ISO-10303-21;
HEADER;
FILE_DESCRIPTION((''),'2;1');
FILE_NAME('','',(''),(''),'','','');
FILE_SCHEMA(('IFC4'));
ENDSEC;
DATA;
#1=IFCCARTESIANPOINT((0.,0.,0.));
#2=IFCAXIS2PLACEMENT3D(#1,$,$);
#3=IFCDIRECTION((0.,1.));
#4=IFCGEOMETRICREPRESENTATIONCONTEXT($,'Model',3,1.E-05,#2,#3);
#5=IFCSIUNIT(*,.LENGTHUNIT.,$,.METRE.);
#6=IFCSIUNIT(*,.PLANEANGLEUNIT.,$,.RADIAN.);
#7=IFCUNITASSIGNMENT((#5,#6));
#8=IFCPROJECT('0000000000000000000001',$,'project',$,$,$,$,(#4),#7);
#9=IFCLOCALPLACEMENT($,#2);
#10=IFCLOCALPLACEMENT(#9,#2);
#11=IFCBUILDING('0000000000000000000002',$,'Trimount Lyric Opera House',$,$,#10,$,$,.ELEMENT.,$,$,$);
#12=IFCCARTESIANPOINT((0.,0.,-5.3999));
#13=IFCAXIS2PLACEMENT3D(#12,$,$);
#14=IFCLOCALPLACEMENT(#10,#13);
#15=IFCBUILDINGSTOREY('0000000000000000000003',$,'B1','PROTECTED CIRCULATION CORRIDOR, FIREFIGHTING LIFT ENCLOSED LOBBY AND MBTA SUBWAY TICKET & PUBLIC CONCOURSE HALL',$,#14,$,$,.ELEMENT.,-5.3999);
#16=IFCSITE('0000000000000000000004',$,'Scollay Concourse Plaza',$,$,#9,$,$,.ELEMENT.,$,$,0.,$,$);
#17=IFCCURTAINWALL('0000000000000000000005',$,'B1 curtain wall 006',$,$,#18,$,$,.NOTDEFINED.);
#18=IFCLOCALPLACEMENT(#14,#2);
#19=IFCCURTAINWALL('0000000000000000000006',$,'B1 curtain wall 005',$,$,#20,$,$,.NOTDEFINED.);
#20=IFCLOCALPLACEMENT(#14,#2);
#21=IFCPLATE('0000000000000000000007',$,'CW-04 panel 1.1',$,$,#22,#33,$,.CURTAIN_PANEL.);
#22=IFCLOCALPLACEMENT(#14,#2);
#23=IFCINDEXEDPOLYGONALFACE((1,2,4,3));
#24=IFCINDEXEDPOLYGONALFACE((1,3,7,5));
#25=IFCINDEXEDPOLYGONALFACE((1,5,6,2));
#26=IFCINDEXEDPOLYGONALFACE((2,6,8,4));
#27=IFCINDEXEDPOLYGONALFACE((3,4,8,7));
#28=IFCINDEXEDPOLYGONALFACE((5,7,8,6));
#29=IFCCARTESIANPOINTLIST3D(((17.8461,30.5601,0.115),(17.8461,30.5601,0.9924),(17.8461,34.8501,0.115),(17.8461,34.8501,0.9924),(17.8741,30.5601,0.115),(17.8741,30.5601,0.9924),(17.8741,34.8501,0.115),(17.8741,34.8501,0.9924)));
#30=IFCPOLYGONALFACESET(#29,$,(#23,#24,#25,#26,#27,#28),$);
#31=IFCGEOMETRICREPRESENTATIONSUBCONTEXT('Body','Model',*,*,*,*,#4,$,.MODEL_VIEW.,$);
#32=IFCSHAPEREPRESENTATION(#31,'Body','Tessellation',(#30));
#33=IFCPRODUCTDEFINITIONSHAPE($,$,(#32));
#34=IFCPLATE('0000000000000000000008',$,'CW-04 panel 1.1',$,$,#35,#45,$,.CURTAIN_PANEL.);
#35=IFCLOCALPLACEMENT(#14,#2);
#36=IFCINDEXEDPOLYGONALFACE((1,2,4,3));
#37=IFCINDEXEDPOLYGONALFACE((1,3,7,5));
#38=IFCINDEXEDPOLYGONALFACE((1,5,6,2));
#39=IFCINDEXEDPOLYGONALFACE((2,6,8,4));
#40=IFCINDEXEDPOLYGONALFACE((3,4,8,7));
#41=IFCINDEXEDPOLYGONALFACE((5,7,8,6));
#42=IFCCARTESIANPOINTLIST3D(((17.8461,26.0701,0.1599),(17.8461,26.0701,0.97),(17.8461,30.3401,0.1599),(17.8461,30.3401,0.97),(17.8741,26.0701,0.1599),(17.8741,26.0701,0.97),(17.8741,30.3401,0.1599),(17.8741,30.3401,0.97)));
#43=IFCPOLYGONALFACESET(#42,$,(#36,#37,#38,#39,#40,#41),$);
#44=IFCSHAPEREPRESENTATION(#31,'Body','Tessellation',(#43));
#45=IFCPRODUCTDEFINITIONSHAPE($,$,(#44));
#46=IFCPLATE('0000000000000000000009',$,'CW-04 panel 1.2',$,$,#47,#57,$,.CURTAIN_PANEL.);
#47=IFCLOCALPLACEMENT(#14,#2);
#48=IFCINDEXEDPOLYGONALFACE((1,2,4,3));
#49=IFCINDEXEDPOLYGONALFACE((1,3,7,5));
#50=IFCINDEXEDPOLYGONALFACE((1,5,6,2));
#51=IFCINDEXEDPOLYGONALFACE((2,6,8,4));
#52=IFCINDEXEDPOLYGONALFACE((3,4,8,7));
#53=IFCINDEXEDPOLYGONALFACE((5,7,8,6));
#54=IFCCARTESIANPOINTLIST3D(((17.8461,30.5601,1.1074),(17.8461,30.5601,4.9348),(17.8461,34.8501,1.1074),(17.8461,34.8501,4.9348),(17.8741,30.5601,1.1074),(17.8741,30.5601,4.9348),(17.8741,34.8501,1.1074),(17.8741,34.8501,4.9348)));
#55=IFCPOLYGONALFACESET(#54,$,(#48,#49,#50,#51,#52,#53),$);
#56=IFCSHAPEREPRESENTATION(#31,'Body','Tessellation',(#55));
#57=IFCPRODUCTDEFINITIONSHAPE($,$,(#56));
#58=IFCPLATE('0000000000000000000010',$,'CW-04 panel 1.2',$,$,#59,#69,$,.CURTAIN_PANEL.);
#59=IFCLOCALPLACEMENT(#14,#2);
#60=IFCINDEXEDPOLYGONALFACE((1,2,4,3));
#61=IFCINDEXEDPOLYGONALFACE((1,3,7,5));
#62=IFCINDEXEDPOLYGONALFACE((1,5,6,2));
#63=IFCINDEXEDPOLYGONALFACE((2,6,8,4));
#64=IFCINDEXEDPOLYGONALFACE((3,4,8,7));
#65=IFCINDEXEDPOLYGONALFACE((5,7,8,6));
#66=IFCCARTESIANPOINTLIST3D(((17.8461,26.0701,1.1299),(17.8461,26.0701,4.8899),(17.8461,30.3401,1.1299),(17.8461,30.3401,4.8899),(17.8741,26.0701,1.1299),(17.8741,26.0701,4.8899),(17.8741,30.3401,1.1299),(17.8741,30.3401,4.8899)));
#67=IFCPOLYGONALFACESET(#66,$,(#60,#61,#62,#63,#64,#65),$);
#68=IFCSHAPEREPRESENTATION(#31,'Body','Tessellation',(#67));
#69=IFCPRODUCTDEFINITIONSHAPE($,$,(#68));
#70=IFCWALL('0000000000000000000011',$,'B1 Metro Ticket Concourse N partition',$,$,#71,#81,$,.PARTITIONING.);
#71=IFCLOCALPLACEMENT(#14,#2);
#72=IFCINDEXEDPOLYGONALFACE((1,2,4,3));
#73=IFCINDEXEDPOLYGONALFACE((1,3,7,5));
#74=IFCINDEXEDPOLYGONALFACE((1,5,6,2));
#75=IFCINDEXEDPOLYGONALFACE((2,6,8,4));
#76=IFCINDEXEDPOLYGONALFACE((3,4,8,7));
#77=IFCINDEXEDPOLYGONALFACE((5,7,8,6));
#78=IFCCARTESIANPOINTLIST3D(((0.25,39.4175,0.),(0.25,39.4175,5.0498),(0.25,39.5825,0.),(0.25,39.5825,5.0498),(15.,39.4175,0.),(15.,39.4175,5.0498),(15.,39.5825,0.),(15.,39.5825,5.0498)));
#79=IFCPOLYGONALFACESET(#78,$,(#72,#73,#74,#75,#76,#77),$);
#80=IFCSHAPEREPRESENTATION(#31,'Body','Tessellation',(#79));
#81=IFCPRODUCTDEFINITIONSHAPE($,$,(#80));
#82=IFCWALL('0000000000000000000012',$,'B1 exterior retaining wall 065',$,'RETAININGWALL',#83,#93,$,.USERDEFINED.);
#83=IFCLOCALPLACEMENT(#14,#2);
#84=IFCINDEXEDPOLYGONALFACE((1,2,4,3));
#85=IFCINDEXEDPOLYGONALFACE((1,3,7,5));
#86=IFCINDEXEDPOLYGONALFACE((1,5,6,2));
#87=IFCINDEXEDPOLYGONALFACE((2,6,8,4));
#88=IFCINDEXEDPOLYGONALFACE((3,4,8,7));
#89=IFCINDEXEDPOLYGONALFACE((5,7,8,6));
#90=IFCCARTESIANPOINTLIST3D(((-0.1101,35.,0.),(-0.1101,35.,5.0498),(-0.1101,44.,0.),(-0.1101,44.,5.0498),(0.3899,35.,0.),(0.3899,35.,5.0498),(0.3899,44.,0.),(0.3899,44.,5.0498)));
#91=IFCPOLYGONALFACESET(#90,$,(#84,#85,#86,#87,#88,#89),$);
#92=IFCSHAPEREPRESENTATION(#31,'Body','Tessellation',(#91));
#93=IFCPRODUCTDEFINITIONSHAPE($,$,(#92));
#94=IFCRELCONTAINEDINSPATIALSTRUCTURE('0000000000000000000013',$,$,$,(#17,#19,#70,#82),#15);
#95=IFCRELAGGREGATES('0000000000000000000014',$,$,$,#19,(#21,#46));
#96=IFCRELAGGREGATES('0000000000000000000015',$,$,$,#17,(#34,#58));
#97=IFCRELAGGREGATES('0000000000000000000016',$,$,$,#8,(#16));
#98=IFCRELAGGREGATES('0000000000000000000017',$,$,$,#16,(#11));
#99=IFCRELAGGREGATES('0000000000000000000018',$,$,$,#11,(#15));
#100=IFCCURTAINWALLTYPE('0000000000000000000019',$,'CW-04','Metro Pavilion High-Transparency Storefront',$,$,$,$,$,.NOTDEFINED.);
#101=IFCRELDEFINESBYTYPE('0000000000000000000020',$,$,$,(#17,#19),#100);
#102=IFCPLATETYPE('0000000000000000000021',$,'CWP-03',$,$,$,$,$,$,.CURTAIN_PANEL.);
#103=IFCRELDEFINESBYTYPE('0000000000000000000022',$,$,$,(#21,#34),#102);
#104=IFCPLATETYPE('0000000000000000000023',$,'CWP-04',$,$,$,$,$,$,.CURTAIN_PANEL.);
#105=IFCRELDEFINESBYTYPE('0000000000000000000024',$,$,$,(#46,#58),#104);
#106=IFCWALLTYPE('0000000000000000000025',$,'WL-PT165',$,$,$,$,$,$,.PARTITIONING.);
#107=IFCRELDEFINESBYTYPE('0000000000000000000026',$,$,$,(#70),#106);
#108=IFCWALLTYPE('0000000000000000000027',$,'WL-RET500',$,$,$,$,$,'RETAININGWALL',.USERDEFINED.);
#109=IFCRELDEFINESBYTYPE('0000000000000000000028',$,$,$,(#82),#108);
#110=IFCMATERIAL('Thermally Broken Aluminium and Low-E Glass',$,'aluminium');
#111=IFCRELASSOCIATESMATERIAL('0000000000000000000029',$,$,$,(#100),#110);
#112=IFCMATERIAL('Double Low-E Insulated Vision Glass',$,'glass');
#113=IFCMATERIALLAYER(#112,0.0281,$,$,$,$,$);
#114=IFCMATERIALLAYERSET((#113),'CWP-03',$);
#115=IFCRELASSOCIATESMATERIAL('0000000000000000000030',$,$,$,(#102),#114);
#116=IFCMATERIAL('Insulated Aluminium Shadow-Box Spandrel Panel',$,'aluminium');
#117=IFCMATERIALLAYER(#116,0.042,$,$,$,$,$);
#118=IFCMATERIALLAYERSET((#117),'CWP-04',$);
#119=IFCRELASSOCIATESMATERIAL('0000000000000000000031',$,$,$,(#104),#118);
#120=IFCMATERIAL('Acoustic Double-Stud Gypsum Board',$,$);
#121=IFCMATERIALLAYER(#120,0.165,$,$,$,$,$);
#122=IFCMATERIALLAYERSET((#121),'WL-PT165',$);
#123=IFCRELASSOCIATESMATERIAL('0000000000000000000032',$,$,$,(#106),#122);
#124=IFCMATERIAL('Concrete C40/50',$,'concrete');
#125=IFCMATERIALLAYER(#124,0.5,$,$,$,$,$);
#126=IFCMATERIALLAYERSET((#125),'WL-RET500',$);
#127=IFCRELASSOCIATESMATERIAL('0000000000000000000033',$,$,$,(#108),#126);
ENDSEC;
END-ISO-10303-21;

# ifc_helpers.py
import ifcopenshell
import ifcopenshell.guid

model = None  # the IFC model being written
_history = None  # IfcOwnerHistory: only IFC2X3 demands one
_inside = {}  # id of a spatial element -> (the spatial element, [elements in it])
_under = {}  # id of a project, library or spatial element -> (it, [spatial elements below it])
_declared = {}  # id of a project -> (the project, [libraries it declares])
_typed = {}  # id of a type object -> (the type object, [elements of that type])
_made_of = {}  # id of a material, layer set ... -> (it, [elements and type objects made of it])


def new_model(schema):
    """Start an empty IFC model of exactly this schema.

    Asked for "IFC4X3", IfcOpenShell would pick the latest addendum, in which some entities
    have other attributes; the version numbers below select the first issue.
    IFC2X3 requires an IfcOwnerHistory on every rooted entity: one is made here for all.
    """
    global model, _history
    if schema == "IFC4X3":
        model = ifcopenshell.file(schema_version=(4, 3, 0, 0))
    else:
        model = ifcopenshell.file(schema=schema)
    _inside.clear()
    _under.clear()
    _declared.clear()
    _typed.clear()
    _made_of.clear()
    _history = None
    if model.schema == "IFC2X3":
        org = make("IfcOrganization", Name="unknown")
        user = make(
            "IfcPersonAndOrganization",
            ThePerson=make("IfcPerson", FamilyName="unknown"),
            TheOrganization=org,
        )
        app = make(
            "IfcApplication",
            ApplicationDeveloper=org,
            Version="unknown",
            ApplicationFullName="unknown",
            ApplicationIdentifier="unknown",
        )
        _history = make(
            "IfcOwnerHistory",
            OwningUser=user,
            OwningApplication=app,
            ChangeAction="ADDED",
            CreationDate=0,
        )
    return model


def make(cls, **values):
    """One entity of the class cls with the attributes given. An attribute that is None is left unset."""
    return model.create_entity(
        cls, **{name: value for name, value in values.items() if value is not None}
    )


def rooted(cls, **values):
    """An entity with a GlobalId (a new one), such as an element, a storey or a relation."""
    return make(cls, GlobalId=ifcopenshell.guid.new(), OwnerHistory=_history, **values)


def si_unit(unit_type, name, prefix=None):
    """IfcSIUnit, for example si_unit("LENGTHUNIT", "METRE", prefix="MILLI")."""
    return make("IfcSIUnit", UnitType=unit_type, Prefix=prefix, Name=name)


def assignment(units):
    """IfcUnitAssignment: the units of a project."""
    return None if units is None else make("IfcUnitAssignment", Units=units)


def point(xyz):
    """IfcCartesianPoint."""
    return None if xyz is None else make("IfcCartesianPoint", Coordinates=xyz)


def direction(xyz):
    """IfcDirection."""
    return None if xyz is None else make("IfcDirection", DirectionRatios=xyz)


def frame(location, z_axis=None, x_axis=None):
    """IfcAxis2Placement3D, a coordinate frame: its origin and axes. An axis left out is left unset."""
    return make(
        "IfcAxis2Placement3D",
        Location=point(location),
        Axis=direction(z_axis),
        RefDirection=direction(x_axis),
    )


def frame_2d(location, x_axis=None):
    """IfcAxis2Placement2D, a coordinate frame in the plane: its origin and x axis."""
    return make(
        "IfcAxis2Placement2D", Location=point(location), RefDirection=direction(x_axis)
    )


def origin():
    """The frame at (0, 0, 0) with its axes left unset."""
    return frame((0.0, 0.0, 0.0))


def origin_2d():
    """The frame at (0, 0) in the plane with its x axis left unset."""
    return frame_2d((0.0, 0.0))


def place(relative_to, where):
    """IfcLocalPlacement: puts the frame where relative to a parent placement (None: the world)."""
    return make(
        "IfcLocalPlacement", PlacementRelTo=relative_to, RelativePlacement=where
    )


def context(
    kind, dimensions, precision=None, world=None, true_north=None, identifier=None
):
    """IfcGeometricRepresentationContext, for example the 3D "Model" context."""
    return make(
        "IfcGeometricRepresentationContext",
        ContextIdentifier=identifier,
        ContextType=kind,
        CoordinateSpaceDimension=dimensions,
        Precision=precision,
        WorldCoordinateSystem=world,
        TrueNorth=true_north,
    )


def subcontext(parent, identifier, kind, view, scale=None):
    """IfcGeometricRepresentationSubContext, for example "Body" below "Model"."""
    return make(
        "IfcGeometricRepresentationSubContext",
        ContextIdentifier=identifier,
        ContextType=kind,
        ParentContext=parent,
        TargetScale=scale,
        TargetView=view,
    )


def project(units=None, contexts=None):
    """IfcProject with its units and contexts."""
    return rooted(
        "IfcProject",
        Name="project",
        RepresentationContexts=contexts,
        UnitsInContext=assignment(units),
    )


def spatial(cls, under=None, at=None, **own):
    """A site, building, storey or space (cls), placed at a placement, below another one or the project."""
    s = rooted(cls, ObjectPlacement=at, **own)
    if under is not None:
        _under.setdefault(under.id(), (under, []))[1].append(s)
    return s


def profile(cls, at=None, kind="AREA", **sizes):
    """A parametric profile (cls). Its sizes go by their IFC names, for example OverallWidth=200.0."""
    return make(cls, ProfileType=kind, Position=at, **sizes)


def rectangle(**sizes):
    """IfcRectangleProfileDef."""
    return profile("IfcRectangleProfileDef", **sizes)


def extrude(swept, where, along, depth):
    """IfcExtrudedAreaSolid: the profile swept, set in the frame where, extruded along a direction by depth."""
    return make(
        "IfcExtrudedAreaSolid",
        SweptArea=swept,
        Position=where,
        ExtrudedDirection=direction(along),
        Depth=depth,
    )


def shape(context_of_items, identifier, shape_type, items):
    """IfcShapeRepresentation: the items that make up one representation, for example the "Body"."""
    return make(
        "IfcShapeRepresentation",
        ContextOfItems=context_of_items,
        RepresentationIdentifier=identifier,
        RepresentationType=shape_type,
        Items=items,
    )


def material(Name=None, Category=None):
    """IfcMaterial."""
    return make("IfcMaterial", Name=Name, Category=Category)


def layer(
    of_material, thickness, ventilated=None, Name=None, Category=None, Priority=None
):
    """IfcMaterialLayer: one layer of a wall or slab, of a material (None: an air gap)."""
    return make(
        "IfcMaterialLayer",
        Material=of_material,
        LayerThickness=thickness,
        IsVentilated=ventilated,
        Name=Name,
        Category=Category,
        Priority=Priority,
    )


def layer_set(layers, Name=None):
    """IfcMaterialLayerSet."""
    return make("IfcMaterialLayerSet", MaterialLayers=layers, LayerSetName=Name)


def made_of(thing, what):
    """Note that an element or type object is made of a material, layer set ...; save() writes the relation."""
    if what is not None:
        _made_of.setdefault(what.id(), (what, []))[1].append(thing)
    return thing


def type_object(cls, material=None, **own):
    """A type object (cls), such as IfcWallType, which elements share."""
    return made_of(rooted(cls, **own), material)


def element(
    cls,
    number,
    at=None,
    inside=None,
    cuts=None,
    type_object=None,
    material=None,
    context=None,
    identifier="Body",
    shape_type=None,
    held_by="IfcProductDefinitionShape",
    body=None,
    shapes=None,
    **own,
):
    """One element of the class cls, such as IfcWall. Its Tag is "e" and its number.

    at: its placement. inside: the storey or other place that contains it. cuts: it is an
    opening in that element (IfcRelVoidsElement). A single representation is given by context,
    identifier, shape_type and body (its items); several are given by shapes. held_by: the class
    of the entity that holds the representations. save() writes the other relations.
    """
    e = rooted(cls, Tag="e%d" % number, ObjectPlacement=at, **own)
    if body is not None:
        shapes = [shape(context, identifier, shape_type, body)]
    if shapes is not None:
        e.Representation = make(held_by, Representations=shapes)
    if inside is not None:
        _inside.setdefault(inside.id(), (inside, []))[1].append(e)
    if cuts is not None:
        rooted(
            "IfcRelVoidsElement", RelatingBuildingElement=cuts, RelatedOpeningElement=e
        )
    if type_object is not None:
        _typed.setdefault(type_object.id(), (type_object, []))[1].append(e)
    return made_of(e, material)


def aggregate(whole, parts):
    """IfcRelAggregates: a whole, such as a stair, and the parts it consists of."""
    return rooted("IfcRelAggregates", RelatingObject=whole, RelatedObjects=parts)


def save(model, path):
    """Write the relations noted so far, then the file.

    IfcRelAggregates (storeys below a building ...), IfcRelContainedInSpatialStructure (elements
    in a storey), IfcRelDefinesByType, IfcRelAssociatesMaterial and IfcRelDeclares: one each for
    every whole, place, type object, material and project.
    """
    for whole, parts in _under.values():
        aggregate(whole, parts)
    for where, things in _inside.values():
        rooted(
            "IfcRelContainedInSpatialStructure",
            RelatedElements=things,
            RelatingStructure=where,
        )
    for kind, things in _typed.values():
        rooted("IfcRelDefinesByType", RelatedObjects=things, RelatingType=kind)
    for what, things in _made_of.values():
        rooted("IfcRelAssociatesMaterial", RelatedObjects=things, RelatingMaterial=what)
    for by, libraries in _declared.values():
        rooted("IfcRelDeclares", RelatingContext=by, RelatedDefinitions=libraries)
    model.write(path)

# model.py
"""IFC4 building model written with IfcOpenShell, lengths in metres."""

from ifc_helpers import new_model, si_unit, direction, frame, frame_2d, origin, origin_2d, place, context, subcontext, project, spatial, rectangle, extrude, material, layer, layer_set, type_object, element, aggregate, save


model = new_model("IFC4")

# Units and contexts
model_context = context("Model", 3, precision=1e-05, world=origin(), true_north=direction((0.0, 1.0)))
body_context = subcontext(model_context, "Body", "Model", "MODEL_VIEW")
ifc_project = project(units=[si_unit("LENGTHUNIT", "METRE"), si_unit("PLANEANGLEUNIT", "RADIAN")], contexts=[model_context])

# Site, building, storey
site_placement = place(None, origin())
site = spatial("IfcSite", under=ifc_project, at=site_placement, Name="Scollay Concourse Plaza", CompositionType="ELEMENT", RefElevation=0.0)
building_placement = place(site_placement, origin())
building = spatial("IfcBuilding", under=site, at=building_placement, Name="Trimount Lyric Opera House", CompositionType="ELEMENT")
storey_placement = place(building_placement, frame((0.0, 0.0, -5.3999)))
storey = spatial("IfcBuildingStorey", under=building, at=storey_placement, Name="B1", Description="PROTECTED CIRCULATION CORRIDOR, FIREFIGHTING LIFT ENCLOSED LOBBY AND MBTA SUBWAY TICKET & PUBLIC CONCOURSE HALL", CompositionType="ELEMENT", Elevation=-5.3999)

# Curtain wall
ifc_material_1 = material(Name="Thermally Broken Aluminium and Low-E Glass", Category="aluminium")
curtain_wall_type = type_object("IfcCurtainWallType", Name="CW-04", Description="Metro Pavilion High-Transparency Storefront", PredefinedType="NOTDEFINED", material=ifc_material_1)
curtain_wall_1_placement = place(storey_placement, origin())
curtain_wall_1 = element("IfcCurtainWall", 1, at=curtain_wall_1_placement, inside=storey, type_object=curtain_wall_type, Name="B1 curtain wall 006", PredefinedType="NOTDEFINED")

# Curtain wall
curtain_wall_2_placement = place(storey_placement, origin())
curtain_wall_2 = element("IfcCurtainWall", 2, at=curtain_wall_2_placement, inside=storey, type_object=curtain_wall_type, Name="B1 curtain wall 005", PredefinedType="NOTDEFINED")

# Plates
ifc_material_2 = material(Name="Double Low-E Insulated Vision Glass", Category="glass")
ifc_layer_1 = layer(ifc_material_2, 0.0281)
ifc_layer_set_1 = layer_set([ifc_layer_1], Name="CWP-03")
plate_type_1 = type_object("IfcPlateType", Name="CWP-03", PredefinedType="CURTAIN_PANEL", material=ifc_layer_set_1)
plate_1_placement = place(storey_placement, frame((17.8601, 32.7051, 0.115), z_axis=(0.0, 0.0, 1.0), x_axis=(0.0, -1.0, 0.0)))
plate_1 = element("IfcPlate", 3, at=plate_1_placement, type_object=plate_type_1, Name="CW-04 panel 1.1", PredefinedType="CURTAIN_PANEL", context=body_context, shape_type="SweptSolid", body=[
    extrude(rectangle(XDim=4.29, YDim=0.0281, at=origin_2d()), origin(), (0.0, 0.0, 1.0), 0.8774),
])
plate_2_placement = place(storey_placement, frame((17.8601, 28.2051, 0.1599), z_axis=(0.0, 0.0, 1.0), x_axis=(0.0, -1.0, 0.0)))
plate_2 = element("IfcPlate", 4, at=plate_2_placement, type_object=plate_type_1, Name="CW-04 panel 1.1", PredefinedType="CURTAIN_PANEL", context=body_context, shape_type="SweptSolid", body=[
    extrude(rectangle(XDim=4.27, YDim=0.0281, at=origin_2d()), origin(), (0.0, 0.0, 1.0), 0.8101),
])
ifc_material_3 = material(Name="Insulated Aluminium Shadow-Box Spandrel Panel", Category="aluminium")
ifc_layer_2 = layer(ifc_material_3, 0.042)
ifc_layer_set_2 = layer_set([ifc_layer_2], Name="CWP-04")
plate_type_2 = type_object("IfcPlateType", Name="CWP-04", PredefinedType="CURTAIN_PANEL", material=ifc_layer_set_2)
plate_3_placement = place(storey_placement, frame((17.8601, 32.7051, 1.1074), z_axis=(0.0, 0.0, 1.0), x_axis=(0.0, -1.0, 0.0)))
plate_3 = element("IfcPlate", 5, at=plate_3_placement, type_object=plate_type_2, Name="CW-04 panel 1.2", PredefinedType="CURTAIN_PANEL", context=body_context, shape_type="SweptSolid", body=[
    extrude(rectangle(XDim=4.29, YDim=0.0281, at=origin_2d()), origin(), (0.0, 0.0, 1.0), 3.8274),
])
aggregate(curtain_wall_2, [plate_1, plate_3])
plate_4_placement = place(storey_placement, frame((17.8601, 28.2051, 1.1299), z_axis=(0.0, 0.0, 1.0), x_axis=(0.0, -1.0, 0.0)))
plate_4 = element("IfcPlate", 6, at=plate_4_placement, type_object=plate_type_2, Name="CW-04 panel 1.2", PredefinedType="CURTAIN_PANEL", context=body_context, shape_type="SweptSolid", body=[
    extrude(rectangle(XDim=4.27, YDim=0.0281, at=origin_2d()), origin(), (0.0, 0.0, 1.0), 3.76),
])
aggregate(curtain_wall_1, [plate_2, plate_4])

# Walls
ifc_material_4 = material(Name="Acoustic Double-Stud Gypsum Board")
ifc_layer_3 = layer(ifc_material_4, 0.165)
ifc_layer_set_3 = layer_set([ifc_layer_3], Name="WL-PT165")
wall_type_1 = type_object("IfcWallType", Name="WL-PT165", PredefinedType="PARTITIONING", material=ifc_layer_set_3)
wall_1_placement = place(storey_placement, frame((15.0, 39.5, 0.0), z_axis=(0.0, 0.0, 1.0), x_axis=(-1.0, 0.0, 0.0)))
element("IfcWall", 7, at=wall_1_placement, inside=storey, type_object=wall_type_1, Name="B1 Metro Ticket Concourse N partition", PredefinedType="PARTITIONING", context=body_context, shape_type="SweptSolid", body=[
    extrude(rectangle(XDim=14.75, YDim=0.165, at=frame_2d((7.375, 0.0))), origin(), (0.0, 0.0, 1.0), 5.0498),
])
ifc_material_5 = material(Name="Concrete C40/50", Category="concrete")
ifc_layer_4 = layer(ifc_material_5, 0.5)
ifc_layer_set_4 = layer_set([ifc_layer_4], Name="WL-RET500")
wall_type_2 = type_object("IfcWallType", Name="WL-RET500", ElementType="RETAININGWALL", PredefinedType="USERDEFINED", material=ifc_layer_set_4)
wall_2_placement = place(storey_placement, frame((0.1399, 35.0, 0.0), z_axis=(0.0, 0.0, 1.0), x_axis=(0.0, 1.0, 0.0)))
element("IfcWall", 8, at=wall_2_placement, inside=storey, type_object=wall_type_2, Name="B1 exterior retaining wall 065", ObjectType="RETAININGWALL", PredefinedType="USERDEFINED", context=body_context, shape_type="SweptSolid", body=[
    extrude(rectangle(XDim=9.0, YDim=0.5, at=frame_2d((4.5, 0.0))), origin(), (0.0, 0.0, 1.0), 5.0498),
])

save(model, "model.ifc")
